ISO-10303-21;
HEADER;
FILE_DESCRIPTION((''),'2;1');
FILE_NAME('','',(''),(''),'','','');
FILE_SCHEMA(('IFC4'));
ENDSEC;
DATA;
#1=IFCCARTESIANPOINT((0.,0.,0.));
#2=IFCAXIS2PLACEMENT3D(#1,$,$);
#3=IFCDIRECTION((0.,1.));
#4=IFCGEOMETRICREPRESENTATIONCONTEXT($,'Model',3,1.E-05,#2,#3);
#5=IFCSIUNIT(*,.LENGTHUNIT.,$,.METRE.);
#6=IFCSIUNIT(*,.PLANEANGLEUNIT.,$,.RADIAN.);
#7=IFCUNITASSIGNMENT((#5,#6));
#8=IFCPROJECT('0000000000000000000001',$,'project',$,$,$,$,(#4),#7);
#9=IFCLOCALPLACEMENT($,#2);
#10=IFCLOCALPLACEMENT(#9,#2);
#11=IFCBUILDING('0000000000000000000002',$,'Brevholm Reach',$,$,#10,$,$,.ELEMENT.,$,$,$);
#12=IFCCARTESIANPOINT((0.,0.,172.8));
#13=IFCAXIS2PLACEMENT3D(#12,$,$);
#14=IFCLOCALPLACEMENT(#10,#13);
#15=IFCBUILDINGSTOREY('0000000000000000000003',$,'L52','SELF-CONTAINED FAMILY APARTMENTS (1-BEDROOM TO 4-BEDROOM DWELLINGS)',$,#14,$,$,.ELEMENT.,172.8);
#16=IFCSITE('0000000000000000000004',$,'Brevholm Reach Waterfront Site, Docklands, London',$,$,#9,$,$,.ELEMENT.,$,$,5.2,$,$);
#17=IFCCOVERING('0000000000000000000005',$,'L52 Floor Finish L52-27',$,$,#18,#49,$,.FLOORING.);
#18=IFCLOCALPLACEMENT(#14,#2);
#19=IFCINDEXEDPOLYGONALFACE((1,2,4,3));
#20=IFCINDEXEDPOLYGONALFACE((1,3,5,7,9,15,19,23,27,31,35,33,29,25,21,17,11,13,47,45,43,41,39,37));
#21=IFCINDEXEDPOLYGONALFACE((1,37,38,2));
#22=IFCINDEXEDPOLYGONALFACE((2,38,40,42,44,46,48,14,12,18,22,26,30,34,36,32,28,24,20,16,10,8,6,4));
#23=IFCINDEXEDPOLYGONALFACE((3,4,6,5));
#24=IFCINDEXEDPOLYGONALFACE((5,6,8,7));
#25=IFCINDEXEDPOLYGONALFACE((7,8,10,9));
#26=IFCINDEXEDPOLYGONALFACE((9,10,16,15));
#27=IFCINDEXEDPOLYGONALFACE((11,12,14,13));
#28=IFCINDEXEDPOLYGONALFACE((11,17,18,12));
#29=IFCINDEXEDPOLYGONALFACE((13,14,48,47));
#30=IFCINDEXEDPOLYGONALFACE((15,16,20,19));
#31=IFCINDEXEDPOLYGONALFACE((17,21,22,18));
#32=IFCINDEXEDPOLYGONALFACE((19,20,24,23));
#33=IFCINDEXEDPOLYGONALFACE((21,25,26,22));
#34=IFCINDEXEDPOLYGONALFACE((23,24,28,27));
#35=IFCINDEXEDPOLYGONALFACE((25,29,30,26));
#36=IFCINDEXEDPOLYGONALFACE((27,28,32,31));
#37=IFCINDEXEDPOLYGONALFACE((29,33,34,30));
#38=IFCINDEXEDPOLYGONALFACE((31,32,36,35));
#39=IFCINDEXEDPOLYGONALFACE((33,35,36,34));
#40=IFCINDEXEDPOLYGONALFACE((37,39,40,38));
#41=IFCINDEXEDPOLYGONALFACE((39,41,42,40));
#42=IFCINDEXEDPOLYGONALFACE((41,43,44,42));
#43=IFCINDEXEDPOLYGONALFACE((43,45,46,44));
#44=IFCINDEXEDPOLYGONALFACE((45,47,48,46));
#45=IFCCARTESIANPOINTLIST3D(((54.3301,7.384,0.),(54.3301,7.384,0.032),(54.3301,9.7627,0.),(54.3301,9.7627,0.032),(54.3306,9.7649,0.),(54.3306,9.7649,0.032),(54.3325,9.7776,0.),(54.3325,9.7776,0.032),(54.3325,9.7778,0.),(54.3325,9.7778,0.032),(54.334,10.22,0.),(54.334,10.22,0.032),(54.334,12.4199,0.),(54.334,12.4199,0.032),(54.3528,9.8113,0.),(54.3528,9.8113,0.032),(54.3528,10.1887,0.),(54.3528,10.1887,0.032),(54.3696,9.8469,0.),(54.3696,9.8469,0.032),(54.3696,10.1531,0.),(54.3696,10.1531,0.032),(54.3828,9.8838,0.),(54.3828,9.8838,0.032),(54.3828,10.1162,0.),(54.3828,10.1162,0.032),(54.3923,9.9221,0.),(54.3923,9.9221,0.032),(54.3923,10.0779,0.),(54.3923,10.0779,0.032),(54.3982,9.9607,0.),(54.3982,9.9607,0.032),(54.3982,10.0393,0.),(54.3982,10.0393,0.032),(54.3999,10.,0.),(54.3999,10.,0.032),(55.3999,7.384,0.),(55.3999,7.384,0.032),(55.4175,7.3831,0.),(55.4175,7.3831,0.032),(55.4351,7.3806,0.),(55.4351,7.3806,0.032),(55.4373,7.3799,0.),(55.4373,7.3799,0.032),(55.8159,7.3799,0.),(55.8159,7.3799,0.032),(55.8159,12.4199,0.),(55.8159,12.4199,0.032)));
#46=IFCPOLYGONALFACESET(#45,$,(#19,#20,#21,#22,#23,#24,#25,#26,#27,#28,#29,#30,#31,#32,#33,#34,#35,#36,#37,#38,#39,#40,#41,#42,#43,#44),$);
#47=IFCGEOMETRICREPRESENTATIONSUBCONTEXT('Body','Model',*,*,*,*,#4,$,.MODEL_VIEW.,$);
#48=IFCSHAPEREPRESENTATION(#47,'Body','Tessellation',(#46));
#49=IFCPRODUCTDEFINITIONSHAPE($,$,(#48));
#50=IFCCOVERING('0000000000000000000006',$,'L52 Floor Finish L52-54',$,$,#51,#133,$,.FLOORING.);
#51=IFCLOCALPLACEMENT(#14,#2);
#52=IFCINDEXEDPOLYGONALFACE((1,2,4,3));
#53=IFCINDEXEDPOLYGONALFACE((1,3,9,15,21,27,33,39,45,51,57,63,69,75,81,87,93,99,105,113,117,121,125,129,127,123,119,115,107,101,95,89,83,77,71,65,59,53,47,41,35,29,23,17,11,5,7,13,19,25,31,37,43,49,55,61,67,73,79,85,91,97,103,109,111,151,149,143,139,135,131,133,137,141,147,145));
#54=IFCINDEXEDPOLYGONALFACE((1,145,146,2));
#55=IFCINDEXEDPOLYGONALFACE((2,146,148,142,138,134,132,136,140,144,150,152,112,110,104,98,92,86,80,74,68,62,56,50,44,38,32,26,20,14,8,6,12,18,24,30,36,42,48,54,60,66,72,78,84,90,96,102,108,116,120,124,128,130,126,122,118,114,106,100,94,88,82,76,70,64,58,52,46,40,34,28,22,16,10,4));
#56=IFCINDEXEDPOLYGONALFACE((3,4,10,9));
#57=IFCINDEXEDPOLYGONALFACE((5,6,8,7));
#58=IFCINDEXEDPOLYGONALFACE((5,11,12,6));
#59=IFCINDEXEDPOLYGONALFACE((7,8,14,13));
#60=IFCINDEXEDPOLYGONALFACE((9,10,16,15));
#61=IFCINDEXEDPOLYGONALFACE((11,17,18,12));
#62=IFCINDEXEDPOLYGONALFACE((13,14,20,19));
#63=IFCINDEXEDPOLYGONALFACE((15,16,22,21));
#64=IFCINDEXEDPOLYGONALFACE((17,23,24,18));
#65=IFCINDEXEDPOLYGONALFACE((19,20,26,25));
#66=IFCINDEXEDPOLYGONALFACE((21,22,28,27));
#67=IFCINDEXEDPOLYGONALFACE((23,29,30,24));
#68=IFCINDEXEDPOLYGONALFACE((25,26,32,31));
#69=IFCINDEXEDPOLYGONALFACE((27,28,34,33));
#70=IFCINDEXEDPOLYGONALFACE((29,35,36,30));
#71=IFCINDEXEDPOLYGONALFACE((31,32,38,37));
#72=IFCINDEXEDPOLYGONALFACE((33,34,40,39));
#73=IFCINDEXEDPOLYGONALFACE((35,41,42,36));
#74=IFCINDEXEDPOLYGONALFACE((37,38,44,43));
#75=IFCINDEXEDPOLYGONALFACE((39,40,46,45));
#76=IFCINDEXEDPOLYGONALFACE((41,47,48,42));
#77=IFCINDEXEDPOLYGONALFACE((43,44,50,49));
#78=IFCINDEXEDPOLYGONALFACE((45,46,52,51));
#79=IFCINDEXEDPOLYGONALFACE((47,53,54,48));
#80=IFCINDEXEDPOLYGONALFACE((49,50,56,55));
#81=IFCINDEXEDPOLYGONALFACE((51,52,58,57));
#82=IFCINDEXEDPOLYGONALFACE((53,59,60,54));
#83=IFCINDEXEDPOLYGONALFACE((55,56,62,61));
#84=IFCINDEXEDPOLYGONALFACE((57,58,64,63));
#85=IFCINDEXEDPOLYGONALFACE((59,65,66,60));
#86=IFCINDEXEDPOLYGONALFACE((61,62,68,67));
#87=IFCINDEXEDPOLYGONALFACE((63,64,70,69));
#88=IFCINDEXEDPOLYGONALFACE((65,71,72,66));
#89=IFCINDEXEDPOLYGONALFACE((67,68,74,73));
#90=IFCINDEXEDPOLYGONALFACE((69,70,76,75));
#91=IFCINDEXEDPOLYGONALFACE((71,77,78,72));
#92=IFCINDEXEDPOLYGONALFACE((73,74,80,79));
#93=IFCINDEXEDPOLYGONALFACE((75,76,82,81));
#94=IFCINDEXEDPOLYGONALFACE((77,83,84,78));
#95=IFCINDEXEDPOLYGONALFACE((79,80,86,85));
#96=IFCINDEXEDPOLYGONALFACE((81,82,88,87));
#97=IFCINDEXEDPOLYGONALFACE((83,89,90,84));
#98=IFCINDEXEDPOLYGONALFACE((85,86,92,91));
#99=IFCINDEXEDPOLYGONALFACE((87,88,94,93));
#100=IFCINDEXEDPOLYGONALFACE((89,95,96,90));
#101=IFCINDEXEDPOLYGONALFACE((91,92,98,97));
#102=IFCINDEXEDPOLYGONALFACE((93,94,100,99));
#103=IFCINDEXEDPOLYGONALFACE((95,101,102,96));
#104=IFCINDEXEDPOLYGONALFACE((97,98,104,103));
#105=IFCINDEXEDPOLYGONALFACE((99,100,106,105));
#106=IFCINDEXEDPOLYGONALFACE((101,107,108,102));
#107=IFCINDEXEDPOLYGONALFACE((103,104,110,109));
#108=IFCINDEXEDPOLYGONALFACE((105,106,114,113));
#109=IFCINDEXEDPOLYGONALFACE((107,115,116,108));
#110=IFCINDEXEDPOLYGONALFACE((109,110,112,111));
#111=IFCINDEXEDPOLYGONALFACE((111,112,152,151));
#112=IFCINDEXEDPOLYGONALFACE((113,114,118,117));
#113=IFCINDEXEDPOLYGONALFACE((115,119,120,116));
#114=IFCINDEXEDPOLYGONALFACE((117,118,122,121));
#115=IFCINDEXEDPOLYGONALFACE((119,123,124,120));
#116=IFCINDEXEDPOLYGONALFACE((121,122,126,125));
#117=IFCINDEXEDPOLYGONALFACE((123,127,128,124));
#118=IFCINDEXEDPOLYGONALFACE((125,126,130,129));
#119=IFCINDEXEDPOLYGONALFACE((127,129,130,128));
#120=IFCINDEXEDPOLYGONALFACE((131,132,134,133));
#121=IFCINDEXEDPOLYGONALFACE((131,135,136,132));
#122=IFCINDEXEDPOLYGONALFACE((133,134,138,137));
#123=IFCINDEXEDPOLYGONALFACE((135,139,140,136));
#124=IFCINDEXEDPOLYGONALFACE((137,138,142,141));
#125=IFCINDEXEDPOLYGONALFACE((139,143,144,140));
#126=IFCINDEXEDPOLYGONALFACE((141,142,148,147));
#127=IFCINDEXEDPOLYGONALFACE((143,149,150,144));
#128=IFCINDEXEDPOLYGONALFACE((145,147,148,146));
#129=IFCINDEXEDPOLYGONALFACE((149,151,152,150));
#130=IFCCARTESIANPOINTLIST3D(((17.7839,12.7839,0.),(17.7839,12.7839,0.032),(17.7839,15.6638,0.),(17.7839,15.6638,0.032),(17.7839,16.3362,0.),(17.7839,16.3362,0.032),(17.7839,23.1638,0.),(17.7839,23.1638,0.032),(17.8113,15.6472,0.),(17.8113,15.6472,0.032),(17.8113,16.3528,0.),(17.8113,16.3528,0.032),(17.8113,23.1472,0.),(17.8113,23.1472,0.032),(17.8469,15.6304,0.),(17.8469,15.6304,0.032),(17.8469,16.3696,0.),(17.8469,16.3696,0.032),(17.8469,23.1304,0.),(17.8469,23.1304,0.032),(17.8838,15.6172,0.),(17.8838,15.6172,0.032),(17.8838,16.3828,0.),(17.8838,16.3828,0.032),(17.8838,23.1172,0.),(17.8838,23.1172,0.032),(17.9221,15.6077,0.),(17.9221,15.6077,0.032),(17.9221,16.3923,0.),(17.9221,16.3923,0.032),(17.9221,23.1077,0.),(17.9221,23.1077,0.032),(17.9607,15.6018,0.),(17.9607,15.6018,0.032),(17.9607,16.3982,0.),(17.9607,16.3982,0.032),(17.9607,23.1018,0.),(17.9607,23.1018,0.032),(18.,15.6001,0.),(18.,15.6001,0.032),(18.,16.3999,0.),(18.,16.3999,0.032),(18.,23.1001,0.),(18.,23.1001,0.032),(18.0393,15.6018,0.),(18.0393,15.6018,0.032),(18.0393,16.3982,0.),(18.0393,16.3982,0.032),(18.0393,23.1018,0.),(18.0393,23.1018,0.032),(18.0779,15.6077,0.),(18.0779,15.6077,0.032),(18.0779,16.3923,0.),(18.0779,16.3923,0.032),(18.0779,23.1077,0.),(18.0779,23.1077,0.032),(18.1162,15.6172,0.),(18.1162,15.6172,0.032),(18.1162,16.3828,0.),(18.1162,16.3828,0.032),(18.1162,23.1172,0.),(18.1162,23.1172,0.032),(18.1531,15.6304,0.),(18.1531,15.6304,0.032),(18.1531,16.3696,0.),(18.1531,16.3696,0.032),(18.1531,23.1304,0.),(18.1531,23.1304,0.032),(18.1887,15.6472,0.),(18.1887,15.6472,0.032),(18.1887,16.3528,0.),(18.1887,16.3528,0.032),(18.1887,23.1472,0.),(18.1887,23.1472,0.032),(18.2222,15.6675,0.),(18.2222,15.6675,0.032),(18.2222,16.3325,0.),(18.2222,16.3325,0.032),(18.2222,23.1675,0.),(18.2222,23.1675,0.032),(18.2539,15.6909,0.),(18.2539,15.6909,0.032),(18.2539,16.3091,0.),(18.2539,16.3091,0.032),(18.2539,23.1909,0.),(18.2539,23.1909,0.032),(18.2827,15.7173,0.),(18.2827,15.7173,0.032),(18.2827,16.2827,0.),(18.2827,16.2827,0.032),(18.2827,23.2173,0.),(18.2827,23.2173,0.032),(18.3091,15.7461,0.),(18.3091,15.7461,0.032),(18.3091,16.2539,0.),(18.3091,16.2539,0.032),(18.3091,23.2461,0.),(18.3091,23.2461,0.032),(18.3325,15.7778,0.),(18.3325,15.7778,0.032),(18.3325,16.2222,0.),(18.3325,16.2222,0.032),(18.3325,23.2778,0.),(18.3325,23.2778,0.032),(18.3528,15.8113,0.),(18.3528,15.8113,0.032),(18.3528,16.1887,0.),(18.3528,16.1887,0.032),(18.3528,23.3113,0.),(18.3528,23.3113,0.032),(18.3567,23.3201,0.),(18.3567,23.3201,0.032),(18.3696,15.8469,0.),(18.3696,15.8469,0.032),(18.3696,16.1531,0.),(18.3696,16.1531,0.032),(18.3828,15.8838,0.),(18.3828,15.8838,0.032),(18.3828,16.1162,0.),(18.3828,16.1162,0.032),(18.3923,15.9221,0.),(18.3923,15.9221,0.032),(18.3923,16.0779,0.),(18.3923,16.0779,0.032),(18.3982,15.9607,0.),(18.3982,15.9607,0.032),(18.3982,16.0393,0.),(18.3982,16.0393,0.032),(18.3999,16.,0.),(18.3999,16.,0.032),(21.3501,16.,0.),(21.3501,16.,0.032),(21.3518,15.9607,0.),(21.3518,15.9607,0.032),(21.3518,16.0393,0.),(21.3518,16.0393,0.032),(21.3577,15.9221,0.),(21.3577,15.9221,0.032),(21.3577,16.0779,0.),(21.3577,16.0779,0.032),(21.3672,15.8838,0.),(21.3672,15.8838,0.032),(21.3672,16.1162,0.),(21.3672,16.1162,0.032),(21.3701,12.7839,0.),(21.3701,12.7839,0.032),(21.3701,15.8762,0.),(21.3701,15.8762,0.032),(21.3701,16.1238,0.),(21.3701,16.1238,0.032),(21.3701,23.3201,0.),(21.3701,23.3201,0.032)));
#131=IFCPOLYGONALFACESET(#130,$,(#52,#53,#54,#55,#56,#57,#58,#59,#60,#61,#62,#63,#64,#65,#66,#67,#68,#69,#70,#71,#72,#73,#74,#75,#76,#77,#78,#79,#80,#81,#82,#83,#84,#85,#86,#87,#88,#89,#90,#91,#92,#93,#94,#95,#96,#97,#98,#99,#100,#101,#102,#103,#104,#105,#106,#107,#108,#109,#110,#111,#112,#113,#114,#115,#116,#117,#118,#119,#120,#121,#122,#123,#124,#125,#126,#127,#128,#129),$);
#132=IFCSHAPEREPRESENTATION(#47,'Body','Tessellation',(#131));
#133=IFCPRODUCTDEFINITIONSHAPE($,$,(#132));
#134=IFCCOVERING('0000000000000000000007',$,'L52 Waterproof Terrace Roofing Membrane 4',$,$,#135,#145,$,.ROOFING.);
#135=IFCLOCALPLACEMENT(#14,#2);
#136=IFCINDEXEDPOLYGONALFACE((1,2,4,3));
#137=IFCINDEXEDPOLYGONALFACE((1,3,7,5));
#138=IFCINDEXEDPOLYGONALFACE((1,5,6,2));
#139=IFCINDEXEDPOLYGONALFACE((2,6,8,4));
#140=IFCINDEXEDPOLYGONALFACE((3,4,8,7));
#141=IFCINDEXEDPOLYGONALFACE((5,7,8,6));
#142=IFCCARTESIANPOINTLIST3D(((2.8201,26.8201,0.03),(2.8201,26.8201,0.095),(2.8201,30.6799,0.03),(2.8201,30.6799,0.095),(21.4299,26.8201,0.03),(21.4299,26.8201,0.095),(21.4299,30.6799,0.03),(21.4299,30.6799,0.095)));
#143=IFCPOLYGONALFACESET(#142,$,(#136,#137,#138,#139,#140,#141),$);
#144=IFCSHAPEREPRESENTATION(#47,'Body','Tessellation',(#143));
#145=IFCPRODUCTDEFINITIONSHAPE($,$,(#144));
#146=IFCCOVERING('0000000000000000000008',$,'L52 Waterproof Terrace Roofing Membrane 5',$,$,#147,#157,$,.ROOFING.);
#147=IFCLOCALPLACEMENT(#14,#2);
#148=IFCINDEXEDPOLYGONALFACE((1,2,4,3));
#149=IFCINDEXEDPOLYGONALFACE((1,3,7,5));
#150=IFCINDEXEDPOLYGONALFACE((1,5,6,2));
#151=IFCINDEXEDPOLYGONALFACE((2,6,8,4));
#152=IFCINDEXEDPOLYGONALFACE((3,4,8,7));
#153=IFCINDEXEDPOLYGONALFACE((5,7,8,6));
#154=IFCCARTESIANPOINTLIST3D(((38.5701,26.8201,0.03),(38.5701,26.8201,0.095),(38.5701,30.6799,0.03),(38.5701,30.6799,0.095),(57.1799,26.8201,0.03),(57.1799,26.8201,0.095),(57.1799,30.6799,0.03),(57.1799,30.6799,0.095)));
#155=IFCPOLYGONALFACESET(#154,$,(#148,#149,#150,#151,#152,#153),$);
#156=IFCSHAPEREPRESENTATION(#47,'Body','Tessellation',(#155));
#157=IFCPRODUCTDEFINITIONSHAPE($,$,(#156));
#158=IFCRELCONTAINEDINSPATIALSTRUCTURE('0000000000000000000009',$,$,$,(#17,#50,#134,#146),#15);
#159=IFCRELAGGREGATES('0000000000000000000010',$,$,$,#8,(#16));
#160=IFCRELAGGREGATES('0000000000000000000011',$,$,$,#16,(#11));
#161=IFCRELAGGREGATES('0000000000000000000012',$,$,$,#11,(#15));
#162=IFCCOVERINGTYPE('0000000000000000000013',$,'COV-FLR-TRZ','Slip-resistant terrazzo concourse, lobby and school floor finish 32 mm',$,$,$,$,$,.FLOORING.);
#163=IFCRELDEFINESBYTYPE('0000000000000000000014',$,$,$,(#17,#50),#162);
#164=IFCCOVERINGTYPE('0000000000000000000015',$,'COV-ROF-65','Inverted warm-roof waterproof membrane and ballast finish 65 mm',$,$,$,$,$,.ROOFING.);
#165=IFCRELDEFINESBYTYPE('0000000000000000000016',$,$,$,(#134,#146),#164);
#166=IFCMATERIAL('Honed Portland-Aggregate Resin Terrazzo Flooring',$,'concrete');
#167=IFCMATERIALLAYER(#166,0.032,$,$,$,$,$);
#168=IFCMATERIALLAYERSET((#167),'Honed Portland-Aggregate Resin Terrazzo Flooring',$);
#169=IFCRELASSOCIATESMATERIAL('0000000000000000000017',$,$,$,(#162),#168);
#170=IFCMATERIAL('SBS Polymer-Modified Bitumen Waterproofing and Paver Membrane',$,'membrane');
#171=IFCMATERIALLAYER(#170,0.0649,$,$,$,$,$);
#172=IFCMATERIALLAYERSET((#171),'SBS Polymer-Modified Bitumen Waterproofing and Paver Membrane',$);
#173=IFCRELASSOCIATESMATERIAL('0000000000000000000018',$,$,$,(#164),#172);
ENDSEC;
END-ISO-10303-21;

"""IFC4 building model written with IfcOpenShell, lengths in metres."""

from ifc_helpers import new_model, si_unit, direction, frame, origin, place, context, subcontext, project, spatial, polyline, outline, extrude, material, layer, layer_set, type_object, element, save


model = new_model("IFC4")

# Units and contexts
model_context = context("Model", 3, precision=1e-05, world=origin(), true_north=direction((0.0, 1.0)))
body_context = subcontext(model_context, "Body", "Model", "MODEL_VIEW")
ifc_project = project(units=[si_unit("LENGTHUNIT", "METRE"), si_unit("PLANEANGLEUNIT", "RADIAN")], contexts=[model_context])

# Site, building, storey
site_placement = place(None, origin())
site = spatial("IfcSite", under=ifc_project, at=site_placement, Name="Brevholm Reach Waterfront Site, Docklands, London", CompositionType="ELEMENT", RefElevation=5.2)
building_placement = place(site_placement, origin())
building = spatial("IfcBuilding", under=site, at=building_placement, Name="Brevholm Reach", CompositionType="ELEMENT")
storey_placement = place(building_placement, frame((0.0, 0.0, 172.8)))
storey = spatial("IfcBuildingStorey", under=building, at=storey_placement, Name="L52", Description="SELF-CONTAINED FAMILY APARTMENTS (1-BEDROOM TO 4-BEDROOM DWELLINGS)", CompositionType="ELEMENT", Elevation=172.8)

# Coverings
ifc_material_1 = material(Name="Honed Portland-Aggregate Resin Terrazzo Flooring", Category="concrete")
ifc_layer_1 = layer(ifc_material_1, 0.032)
ifc_layer_set_1 = layer_set([ifc_layer_1], Name="Honed Portland-Aggregate Resin Terrazzo Flooring")
covering_type_1 = type_object("IfcCoveringType", Name="COV-FLR-TRZ", Description="Slip-resistant terrazzo concourse, lobby and school floor finish 32 mm", PredefinedType="FLOORING", material=ifc_layer_set_1)
covering_1_placement = place(storey_placement, origin())
element("IfcCovering", 1, at=covering_1_placement, inside=storey, type_object=covering_type_1, Name="L52 Floor Finish L52-27", PredefinedType="FLOORING", context=body_context, shape_type="SweptSolid", body=[
    extrude(outline(polyline([(54.3301, 9.7627), (54.3306, 9.7649), (54.3325, 9.7776), (54.3325, 9.7778), (54.3528, 9.8113), (54.3696, 9.8469), (54.3828, 9.8838), (54.3923, 9.9221), (54.3982, 9.9607), (54.3999, 10.0), (54.3982, 10.0393), (54.3923, 10.0779), (54.3828, 10.1162), (54.3696, 10.1531), (54.3528, 10.1887), (54.334, 10.22), (54.334, 12.4199), (55.8159, 12.4199), (55.8159, 7.3799), (55.4373, 7.3799), (55.4351, 7.3806), (55.4175, 7.3831), (55.3999, 7.384), (54.3301, 7.384), (54.3301, 9.7627)])), origin(), (0.0, 0.0, 1.0), 0.032),
])
covering_2_placement = place(storey_placement, origin())
element("IfcCovering", 2, at=covering_2_placement, inside=storey, type_object=covering_type_1, Name="L52 Floor Finish L52-54", PredefinedType="FLOORING", context=body_context, shape_type="SweptSolid", body=[
    extrude(outline(polyline([(21.3701, 23.3201), (21.3701, 16.1238), (21.3672, 16.1162), (21.3577, 16.0779), (21.3518, 16.0393), (21.3501, 16.0), (21.3518, 15.9607), (21.3577, 15.9221), (21.3672, 15.8838), (21.3701, 15.8762), (21.3701, 12.7839), (17.7839, 12.7839), (17.7839, 15.6638), (17.8113, 15.6472), (17.8469, 15.6304), (17.8838, 15.6172), (17.9221, 15.6077), (17.9607, 15.6018), (18.0, 15.6001), (18.0393, 15.6018), (18.0779, 15.6077), (18.1162, 15.6172), (18.1531, 15.6304), (18.1887, 15.6472), (18.2222, 15.6675), (18.2539, 15.6909), (18.2827, 15.7173), (18.3091, 15.7461), (18.3325, 15.7778), (18.3528, 15.8113), (18.3696, 15.8469), (18.3828, 15.8838), (18.3923, 15.9221), (18.3982, 15.9607), (18.3999, 16.0), (18.3982, 16.0393), (18.3923, 16.0779), (18.3828, 16.1162), (18.3696, 16.1531), (18.3528, 16.1887), (18.3325, 16.2222), (18.3091, 16.2539), (18.2827, 16.2827), (18.2539, 16.3091), (18.2222, 16.3325), (18.1887, 16.3528), (18.1531, 16.3696), (18.1162, 16.3828), (18.0779, 16.3923), (18.0393, 16.3982), (18.0, 16.3999), (17.9607, 16.3982), (17.9221, 16.3923), (17.8838, 16.3828), (17.8469, 16.3696), (17.8113, 16.3528), (17.7839, 16.3362), (17.7839, 23.1638), (17.8113, 23.1472), (17.8469, 23.1304), (17.8838, 23.1172), (17.9221, 23.1077), (17.9607, 23.1018), (18.0, 23.1001), (18.0393, 23.1018), (18.0779, 23.1077), (18.1162, 23.1172), (18.1531, 23.1304), (18.1887, 23.1472), (18.2222, 23.1675), (18.2539, 23.1909), (18.2827, 23.2173), (18.3091, 23.2461), (18.3325, 23.2778), (18.3528, 23.3113), (18.3567, 23.3201), (21.3701, 23.3201)])), origin(), (0.0, 0.0, 1.0), 0.032),
])
ifc_material_2 = material(Name="SBS Polymer-Modified Bitumen Waterproofing and Paver Membrane", Category="membrane")
ifc_layer_2 = layer(ifc_material_2, 0.0649)
ifc_layer_set_2 = layer_set([ifc_layer_2], Name="SBS Polymer-Modified Bitumen Waterproofing and Paver Membrane")
covering_type_2 = type_object("IfcCoveringType", Name="COV-ROF-65", Description="Inverted warm-roof waterproof membrane and ballast finish 65 mm", PredefinedType="ROOFING", material=ifc_layer_set_2)
covering_3_placement = place(storey_placement, frame((0.0, 0.0, 0.03)))
element("IfcCovering", 3, at=covering_3_placement, inside=storey, type_object=covering_type_2, Name="L52 Waterproof Terrace Roofing Membrane 4", PredefinedType="ROOFING", context=body_context, shape_type="SweptSolid", body=[
    extrude(outline(polyline([(2.8201, 26.8201), (2.8201, 30.6799), (21.4299, 30.6799), (21.4299, 26.8201), (2.8201, 26.8201)])), origin(), (0.0, 0.0, 1.0), 0.0649),
])
covering_4_placement = place(storey_placement, frame((0.0, 0.0, 0.03)))
element("IfcCovering", 4, at=covering_4_placement, inside=storey, type_object=covering_type_2, Name="L52 Waterproof Terrace Roofing Membrane 5", PredefinedType="ROOFING", context=body_context, shape_type="SweptSolid", body=[
    extrude(outline(polyline([(38.5701, 26.8201), (38.5701, 30.6799), (57.1799, 30.6799), (57.1799, 26.8201), (38.5701, 26.8201)])), origin(), (0.0, 0.0, 1.0), 0.0649),
])

save(model, "model.ifc")
